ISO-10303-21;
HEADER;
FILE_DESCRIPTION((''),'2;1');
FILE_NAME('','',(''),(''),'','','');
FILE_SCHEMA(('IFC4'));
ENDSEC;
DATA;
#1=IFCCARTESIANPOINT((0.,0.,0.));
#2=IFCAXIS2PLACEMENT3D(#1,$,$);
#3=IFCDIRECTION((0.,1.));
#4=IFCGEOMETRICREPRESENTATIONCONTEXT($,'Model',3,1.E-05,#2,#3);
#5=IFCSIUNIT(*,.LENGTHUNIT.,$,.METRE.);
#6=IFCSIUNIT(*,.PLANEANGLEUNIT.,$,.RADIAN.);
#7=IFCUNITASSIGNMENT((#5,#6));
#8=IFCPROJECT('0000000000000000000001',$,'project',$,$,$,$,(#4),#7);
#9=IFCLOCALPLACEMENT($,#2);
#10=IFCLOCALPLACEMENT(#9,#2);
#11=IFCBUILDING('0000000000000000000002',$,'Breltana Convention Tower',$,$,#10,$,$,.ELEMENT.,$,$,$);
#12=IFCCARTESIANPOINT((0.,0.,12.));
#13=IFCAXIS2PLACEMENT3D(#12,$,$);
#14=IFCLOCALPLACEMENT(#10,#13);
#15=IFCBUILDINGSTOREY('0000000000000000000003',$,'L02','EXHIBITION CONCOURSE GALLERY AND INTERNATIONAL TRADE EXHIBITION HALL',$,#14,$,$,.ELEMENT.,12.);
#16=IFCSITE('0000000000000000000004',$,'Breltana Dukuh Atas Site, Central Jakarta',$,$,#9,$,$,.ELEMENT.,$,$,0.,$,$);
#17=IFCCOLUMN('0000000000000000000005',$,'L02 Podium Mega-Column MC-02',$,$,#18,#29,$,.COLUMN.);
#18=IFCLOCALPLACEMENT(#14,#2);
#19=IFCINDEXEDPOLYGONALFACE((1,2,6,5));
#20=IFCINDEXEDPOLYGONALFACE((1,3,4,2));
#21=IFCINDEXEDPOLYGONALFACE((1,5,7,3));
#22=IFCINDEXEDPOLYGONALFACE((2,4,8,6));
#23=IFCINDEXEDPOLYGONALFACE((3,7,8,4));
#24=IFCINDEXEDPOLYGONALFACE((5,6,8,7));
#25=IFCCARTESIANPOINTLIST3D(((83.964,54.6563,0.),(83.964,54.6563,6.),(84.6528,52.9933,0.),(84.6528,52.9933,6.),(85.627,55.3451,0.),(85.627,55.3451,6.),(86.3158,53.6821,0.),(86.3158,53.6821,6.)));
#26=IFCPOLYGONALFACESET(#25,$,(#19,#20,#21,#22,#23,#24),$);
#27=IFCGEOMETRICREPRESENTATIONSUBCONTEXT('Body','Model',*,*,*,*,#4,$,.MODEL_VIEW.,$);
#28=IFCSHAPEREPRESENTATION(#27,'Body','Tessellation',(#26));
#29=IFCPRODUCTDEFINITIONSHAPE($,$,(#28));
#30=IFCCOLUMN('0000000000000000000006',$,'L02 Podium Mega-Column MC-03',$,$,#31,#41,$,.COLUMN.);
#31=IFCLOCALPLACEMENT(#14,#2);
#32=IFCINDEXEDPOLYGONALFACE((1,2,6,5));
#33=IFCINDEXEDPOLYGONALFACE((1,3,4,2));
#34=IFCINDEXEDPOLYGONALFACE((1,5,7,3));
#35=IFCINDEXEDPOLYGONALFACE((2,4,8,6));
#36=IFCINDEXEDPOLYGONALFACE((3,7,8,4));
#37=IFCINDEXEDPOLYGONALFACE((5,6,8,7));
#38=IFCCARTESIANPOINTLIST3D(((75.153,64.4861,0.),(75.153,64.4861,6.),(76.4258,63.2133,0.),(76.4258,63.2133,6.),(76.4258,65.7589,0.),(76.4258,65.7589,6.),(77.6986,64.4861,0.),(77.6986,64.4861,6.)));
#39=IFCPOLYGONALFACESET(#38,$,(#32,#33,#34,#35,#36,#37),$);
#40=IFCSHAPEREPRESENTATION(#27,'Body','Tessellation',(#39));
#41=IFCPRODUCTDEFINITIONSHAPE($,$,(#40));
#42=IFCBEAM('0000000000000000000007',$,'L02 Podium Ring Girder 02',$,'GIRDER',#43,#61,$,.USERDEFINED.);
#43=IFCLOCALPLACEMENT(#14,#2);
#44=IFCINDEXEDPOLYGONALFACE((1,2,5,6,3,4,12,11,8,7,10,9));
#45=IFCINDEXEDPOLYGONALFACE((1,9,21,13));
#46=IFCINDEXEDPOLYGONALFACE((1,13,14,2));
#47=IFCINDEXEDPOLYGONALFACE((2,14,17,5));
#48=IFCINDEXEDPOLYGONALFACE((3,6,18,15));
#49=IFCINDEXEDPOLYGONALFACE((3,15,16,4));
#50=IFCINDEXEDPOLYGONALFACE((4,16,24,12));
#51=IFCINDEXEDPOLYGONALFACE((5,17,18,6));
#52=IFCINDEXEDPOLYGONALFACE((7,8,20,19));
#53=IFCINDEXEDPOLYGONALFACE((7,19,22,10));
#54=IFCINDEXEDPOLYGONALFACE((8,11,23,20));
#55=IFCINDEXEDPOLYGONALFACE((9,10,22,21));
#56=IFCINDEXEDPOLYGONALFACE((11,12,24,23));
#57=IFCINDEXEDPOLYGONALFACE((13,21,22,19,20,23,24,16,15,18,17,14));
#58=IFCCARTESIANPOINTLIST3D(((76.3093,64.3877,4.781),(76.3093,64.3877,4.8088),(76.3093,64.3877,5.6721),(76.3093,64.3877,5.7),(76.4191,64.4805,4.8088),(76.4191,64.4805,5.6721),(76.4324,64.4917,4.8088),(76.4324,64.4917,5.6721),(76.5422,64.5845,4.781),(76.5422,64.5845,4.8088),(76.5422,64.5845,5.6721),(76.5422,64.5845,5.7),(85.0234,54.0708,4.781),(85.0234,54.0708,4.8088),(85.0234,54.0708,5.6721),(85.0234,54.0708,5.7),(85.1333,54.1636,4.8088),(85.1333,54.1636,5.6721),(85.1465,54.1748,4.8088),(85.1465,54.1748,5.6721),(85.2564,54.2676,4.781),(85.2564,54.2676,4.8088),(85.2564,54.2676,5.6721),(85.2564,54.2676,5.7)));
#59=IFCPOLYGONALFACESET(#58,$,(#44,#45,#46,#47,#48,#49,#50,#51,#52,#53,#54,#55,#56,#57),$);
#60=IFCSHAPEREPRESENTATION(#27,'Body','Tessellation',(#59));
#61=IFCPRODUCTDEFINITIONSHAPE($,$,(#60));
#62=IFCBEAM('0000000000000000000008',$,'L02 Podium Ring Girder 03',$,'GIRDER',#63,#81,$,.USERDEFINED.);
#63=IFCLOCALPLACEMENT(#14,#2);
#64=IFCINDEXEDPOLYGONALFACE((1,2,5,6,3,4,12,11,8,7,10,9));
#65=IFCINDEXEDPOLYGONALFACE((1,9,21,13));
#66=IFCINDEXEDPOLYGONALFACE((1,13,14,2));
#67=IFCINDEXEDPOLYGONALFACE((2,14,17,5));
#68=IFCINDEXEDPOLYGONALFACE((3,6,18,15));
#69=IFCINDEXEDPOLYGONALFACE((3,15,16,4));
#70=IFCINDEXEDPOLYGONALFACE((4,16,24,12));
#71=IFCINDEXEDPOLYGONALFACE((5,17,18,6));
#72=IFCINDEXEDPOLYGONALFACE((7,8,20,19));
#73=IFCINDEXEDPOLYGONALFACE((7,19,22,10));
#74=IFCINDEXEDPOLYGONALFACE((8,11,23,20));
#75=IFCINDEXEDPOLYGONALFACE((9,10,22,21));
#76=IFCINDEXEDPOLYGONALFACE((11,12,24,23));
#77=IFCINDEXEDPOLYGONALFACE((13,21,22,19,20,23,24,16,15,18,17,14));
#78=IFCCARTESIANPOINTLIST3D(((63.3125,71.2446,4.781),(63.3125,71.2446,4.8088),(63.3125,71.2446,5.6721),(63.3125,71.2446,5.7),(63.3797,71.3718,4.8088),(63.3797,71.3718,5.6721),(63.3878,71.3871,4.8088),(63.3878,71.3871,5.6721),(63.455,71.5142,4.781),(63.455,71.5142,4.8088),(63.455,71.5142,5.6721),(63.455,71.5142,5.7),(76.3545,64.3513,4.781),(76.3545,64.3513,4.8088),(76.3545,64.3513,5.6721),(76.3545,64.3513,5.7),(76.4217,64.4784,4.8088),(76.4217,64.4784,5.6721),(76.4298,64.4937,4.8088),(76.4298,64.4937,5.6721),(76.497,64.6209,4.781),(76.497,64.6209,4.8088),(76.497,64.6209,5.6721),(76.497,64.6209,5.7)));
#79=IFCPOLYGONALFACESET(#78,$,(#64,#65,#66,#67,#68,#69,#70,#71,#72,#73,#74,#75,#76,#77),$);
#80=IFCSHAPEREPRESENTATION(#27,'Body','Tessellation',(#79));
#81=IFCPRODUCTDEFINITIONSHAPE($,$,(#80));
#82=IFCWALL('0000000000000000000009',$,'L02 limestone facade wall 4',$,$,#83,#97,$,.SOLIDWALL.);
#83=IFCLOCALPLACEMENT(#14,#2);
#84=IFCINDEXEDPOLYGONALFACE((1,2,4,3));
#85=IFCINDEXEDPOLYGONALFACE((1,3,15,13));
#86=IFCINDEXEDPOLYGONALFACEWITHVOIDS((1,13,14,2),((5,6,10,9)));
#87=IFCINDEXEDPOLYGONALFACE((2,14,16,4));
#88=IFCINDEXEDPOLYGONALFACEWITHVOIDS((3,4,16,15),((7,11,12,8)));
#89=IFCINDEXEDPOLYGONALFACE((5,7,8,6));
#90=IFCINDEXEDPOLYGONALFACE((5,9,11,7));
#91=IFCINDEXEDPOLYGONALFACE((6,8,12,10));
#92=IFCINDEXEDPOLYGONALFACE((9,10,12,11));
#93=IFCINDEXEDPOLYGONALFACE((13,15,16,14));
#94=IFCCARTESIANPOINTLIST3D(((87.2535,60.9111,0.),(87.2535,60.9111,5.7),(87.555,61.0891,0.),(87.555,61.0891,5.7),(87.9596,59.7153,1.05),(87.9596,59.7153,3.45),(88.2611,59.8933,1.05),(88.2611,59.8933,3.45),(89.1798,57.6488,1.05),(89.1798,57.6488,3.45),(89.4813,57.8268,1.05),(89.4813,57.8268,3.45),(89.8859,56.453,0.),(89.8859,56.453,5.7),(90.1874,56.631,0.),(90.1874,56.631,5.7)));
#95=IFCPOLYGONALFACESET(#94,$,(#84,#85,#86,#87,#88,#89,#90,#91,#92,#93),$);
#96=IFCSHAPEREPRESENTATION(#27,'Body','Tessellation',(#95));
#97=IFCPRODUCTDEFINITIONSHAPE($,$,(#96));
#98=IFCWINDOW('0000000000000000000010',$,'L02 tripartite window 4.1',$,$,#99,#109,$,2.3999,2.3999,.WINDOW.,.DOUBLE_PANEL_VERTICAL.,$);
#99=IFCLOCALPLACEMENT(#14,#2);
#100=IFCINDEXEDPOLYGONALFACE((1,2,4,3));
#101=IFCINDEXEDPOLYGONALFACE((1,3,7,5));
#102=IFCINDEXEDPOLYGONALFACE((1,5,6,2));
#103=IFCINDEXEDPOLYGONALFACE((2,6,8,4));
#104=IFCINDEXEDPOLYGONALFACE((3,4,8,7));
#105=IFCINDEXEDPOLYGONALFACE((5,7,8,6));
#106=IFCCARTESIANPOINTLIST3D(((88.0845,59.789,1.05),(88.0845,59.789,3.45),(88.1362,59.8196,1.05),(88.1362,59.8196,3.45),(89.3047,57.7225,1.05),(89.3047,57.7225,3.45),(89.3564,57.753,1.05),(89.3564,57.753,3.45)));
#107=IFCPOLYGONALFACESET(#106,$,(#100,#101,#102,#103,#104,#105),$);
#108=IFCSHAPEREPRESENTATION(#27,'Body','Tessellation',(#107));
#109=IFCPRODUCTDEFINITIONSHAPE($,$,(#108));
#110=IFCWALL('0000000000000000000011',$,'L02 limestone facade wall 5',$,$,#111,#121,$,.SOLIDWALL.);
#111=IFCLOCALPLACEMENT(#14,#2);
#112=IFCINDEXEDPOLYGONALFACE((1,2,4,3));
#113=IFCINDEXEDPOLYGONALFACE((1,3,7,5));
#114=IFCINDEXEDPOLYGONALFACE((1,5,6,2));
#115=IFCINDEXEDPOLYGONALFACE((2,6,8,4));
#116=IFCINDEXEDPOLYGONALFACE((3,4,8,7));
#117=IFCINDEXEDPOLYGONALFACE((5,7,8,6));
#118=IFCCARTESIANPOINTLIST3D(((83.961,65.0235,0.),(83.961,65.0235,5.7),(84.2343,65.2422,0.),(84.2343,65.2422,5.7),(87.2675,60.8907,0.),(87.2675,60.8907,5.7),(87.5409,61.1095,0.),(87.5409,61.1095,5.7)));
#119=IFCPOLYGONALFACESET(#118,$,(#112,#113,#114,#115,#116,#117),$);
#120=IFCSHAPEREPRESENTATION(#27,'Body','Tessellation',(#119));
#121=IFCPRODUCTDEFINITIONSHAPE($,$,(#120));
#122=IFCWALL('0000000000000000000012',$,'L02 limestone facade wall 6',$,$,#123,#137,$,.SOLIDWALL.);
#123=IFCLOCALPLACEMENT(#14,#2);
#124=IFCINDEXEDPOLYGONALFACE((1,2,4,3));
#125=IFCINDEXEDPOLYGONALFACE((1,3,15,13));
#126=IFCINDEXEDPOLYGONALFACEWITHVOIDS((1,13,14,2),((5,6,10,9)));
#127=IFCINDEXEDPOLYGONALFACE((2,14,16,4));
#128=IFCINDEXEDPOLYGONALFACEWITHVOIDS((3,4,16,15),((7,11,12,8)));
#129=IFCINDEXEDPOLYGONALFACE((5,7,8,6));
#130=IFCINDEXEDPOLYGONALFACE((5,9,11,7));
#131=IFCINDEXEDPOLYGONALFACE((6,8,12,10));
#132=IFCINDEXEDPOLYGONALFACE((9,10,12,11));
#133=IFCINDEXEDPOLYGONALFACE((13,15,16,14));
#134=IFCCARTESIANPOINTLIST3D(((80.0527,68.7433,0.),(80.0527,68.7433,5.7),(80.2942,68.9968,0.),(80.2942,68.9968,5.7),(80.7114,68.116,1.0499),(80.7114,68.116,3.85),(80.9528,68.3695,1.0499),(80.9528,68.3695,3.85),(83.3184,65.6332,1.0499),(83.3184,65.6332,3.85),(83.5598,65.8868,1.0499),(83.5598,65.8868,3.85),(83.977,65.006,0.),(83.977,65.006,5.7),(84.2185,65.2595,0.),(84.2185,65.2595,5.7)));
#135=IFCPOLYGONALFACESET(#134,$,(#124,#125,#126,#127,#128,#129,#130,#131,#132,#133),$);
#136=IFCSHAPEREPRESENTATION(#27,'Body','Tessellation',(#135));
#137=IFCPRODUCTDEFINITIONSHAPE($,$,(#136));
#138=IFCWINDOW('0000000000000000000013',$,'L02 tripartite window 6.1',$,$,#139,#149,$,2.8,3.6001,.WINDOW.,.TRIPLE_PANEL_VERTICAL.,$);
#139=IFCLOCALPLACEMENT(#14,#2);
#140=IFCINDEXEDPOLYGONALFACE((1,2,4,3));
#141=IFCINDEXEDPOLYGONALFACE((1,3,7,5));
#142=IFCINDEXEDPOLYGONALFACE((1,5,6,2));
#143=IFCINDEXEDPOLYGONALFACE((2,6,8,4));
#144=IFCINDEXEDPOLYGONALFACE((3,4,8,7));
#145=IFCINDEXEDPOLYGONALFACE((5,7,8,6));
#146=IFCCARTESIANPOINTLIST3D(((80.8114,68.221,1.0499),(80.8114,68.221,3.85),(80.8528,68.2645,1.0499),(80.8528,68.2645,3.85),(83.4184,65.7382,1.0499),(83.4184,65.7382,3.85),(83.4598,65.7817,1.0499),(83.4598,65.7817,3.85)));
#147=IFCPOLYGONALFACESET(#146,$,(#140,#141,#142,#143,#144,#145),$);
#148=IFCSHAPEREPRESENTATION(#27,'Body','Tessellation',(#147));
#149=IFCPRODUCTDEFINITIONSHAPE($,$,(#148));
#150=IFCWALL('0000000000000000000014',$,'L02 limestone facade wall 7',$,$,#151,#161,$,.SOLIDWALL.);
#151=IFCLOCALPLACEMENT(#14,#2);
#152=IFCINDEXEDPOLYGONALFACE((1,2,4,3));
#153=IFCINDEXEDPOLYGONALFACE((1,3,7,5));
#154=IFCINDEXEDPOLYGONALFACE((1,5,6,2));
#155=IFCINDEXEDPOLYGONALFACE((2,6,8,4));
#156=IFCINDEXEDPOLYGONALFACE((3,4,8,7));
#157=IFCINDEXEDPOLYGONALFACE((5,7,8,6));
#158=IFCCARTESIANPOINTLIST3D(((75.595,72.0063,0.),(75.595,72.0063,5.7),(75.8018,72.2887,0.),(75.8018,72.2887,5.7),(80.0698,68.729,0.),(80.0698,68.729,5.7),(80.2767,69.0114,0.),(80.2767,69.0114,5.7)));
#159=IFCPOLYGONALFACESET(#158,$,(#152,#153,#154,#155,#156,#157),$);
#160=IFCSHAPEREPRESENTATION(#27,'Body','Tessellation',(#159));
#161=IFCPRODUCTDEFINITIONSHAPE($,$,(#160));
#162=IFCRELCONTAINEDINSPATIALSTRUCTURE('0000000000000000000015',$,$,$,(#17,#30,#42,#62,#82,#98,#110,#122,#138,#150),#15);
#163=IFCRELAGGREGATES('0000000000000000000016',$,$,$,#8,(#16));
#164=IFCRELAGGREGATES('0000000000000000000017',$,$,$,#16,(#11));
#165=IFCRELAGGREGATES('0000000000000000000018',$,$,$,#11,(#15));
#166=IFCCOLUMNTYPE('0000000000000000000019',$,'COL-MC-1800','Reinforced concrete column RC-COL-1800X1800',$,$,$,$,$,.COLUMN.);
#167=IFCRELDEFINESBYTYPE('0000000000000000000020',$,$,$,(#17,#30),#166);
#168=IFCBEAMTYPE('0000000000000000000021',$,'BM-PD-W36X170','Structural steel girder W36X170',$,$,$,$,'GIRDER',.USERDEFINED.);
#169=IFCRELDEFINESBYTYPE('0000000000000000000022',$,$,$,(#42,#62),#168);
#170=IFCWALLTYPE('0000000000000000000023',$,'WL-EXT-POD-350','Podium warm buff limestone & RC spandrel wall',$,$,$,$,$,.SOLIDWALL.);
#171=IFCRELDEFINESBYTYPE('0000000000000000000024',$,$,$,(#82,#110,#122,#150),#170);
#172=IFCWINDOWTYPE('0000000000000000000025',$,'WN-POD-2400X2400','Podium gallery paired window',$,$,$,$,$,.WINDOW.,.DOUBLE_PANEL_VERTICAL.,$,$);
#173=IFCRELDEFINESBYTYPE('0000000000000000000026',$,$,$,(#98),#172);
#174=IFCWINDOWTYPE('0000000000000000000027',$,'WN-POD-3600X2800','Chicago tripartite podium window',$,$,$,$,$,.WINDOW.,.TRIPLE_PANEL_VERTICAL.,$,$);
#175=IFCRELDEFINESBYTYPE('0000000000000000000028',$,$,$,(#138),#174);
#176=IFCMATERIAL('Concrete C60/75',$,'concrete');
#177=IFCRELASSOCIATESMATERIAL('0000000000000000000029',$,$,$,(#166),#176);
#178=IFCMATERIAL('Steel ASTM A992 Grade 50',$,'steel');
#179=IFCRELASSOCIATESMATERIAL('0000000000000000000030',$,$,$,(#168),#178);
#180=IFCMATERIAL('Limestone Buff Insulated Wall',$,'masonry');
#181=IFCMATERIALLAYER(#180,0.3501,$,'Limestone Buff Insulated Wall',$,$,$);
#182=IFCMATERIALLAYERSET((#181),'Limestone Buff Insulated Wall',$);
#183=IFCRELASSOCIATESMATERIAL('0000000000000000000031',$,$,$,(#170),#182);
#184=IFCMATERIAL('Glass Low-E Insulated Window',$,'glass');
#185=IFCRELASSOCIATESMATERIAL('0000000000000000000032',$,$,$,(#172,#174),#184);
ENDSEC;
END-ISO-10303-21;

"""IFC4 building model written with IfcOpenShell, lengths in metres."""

from ifc_helpers import new_model, si_unit, direction, frame, frame_2d, origin, origin_2d, place, context, subcontext, project, spatial, rectangle, i_section, extrude, source, transform, mapped, material, layer, layer_set, material_profile, profile_set, type_object, type_shapes, element, fill, save


model = new_model("IFC4")

# Units and contexts
model_context = context("Model", 3, precision=1e-05, world=origin(), true_north=direction((0.0, 1.0)))
body_context = subcontext(model_context, "Body", "Model", "MODEL_VIEW")
ifc_project = project(units=[si_unit("LENGTHUNIT", "METRE"), si_unit("PLANEANGLEUNIT", "RADIAN")], contexts=[model_context])

# Site, building, storey
site_placement = place(None, origin())
site = spatial("IfcSite", under=ifc_project, at=site_placement, Name="Breltana Dukuh Atas Site, Central Jakarta", CompositionType="ELEMENT", RefElevation=0.0)
building_placement = place(site_placement, origin())
building = spatial("IfcBuilding", under=site, at=building_placement, Name="Breltana Convention Tower", CompositionType="ELEMENT")
storey_placement = place(building_placement, frame((0.0, 0.0, 12.0)))
storey = spatial("IfcBuildingStorey", under=building, at=storey_placement, Name="L02", Description="EXHIBITION CONCOURSE GALLERY AND INTERNATIONAL TRADE EXHIBITION HALL", CompositionType="ELEMENT", Elevation=12.0)

# Columns
ifc_material_1 = material(Name="Concrete C60/75", Category="concrete")
ifc_material_profile_1 = material_profile(ifc_material_1, rectangle(XDim=1.8, YDim=1.8, at=origin_2d()), Name="RC-COL-1800X1800")
ifc_profile_set_1 = profile_set([ifc_material_profile_1], Name="Concrete C60/75")
column_type = type_object("IfcColumnType", Name="COL-MC-1800", Description="Reinforced concrete column RC-COL-1800X1800", PredefinedType="COLUMN", material=ifc_profile_set_1)
shared_shape_1 = source(origin(), body_context, "Body", "SweptSolid", [
    extrude(rectangle(XDim=1.8, YDim=1.8, at=origin_2d()), origin(), (0.0, 0.0, 1.0), 6.0),
])
type_shapes(column_type, [shared_shape_1])
for number, where, z_axis, x_axis, name in (
    (1, (85.1399, 54.1692, 0.0), (0.0, 0.0, 1.0), (0.92388, 0.382683, 0.0), "L02 Podium Mega-Column MC-02"),
    (2, (76.4258, 64.4861, 0.0), (0.0, 0.0, 1.0), (0.707107, 0.707107, 0.0), "L02 Podium Mega-Column MC-03"),
):
    element("IfcColumn", number, at=place(storey_placement, frame(where, z_axis=z_axis, x_axis=x_axis)), inside=storey, type_object=column_type, Name=name, PredefinedType="COLUMN", context=body_context, shape_type="MappedRepresentation", body=[
        mapped(shared_shape_1, transform((0.0, 0.0, 0.0), scale=1.0)),
    ])

# Beams
ifc_material_2 = material(Name="Steel ASTM A992 Grade 50", Category="steel")
ifc_material_profile_2 = material_profile(ifc_material_2, i_section(OverallWidth=0.3049, OverallDepth=0.9189, WebThickness=0.0173, FlangeThickness=0.0278, at=origin_2d()), Name="W36X170")
ifc_profile_set_2 = profile_set([ifc_material_profile_2], Name="Steel ASTM A992 Grade 50")
beam_type = type_object("IfcBeamType", Name="BM-PD-W36X170", Description="Structural steel girder W36X170", ElementType="GIRDER", PredefinedType="USERDEFINED", material=ifc_profile_set_2)
shared_shape_2 = source(origin(), body_context, "Body", "SweptSolid", [
    extrude(i_section(OverallWidth=0.3049, OverallDepth=0.9189, WebThickness=0.0173, FlangeThickness=0.0278, at=origin_2d()), origin(), (0.0, 0.0, 1.0), 13.5046),
])
beam_1_placement = place(storey_placement, frame((85.1399, 54.1692, 5.2405), z_axis=(-0.64527, 0.763954, 0.0), x_axis=(-0.763954, -0.64527, 0.0)))
element("IfcBeam", 3, at=beam_1_placement, inside=storey, type_object=beam_type, Name="L02 Podium Ring Girder 02", ObjectType="GIRDER", PredefinedType="USERDEFINED", context=body_context, shape_type="MappedRepresentation", body=[
    mapped(shared_shape_2, transform((0.0, 0.0, 0.0), scale=1.0)),
])
shared_shape_3 = source(origin(), body_context, "Body", "SweptSolid", [
    extrude(i_section(OverallWidth=0.3049, OverallDepth=0.9189, WebThickness=0.0173, FlangeThickness=0.0278, at=origin_2d()), origin(), (0.0, 0.0, 1.0), 14.7517),
])
beam_2_placement = place(storey_placement, frame((76.4258, 64.4861, 5.2405), z_axis=(-0.884104, 0.467291, 0.0), x_axis=(-0.467291, -0.884104, 0.0)))
element("IfcBeam", 4, at=beam_2_placement, inside=storey, type_object=beam_type, Name="L02 Podium Ring Girder 03", ObjectType="GIRDER", PredefinedType="USERDEFINED", context=body_context, shape_type="MappedRepresentation", body=[
    mapped(shared_shape_3, transform((0.0, 0.0, 0.0), scale=1.0)),
])

# Wall, opening, window
ifc_material_3 = material(Name="Limestone Buff Insulated Wall", Category="masonry")
ifc_layer_1 = layer(ifc_material_3, 0.3501, Name="Limestone Buff Insulated Wall")
ifc_layer_set_1 = layer_set([ifc_layer_1], Name="Limestone Buff Insulated Wall")
wall_type_1 = type_object("IfcWallType", Name="WL-EXT-POD-350", Description="Podium warm buff limestone & RC spandrel wall", PredefinedType="SOLIDWALL", material=ifc_layer_set_1)
shared_shape_4 = source(origin(), body_context, "Body", "SweptSolid", [
    extrude(rectangle(XDim=5.1772, YDim=0.3501, at=frame_2d((2.5886, 0.0))), origin(), (0.0, 0.0, 1.0), 5.7),
])
wall_1_placement = place(storey_placement, frame((90.0366, 56.542, 0.0), z_axis=(0.0, 0.0, 1.0), x_axis=(-0.50845, 0.861092, 0.0)))
wall_1 = element("IfcWall", 5, at=wall_1_placement, inside=storey, type_object=wall_type_1, Name="L02 limestone facade wall 4", PredefinedType="SOLIDWALL", context=body_context, shape_type="MappedRepresentation", body=[
    mapped(shared_shape_4, transform((0.0, 0.0, 0.0), scale=1.0)),
])
opening_1_placement = place(wall_1_placement, frame((1.3887, 0.0, 1.05)))
opening_1 = element("IfcOpeningElement", 6, at=opening_1_placement, cuts=wall_1, PredefinedType="OPENING", context=body_context, shape_type="SweptSolid", body=[
    extrude(rectangle(XDim=2.3999, YDim=2.3999, at=frame_2d((1.2, 1.2))), frame((0.0, 0.1851, 0.0), z_axis=(0.0, -1.0, 0.0), x_axis=(1.0, 0.0, 0.0)), (0.0, 0.0, 1.0), 0.3701),
])
ifc_material_4 = material(Name="Glass Low-E Insulated Window", Category="glass")
window_type_1 = type_object("IfcWindowType", Name="WN-POD-2400X2400", Description="Podium gallery paired window", PartitioningType="DOUBLE_PANEL_VERTICAL", PredefinedType="WINDOW", material=ifc_material_4)
shared_shape_5 = source(origin(), body_context, "Body", "SweptSolid", [
    extrude(rectangle(XDim=2.3999, YDim=2.3999, at=frame_2d((1.2, 1.2))), frame((0.0, 0.03, 0.0), z_axis=(0.0, -1.0, 0.0), x_axis=(1.0, 0.0, 0.0)), (0.0, 0.0, 1.0), 0.0601),
])
type_shapes(window_type_1, [shared_shape_5])
window_1_placement = place(opening_1_placement, origin())
window_1 = element("IfcWindow", 7, at=window_1_placement, inside=storey, type_object=window_type_1, Name="L02 tripartite window 4.1", OverallHeight=2.3999, OverallWidth=2.3999, PartitioningType="DOUBLE_PANEL_VERTICAL", PredefinedType="WINDOW", context=body_context, shape_type="MappedRepresentation", body=[
    mapped(shared_shape_5, transform((0.0, 0.0, 0.0), scale=1.0)),
])
fill(opening_1, window_1)

# Wall
shared_shape_6 = source(origin(), body_context, "Body", "SweptSolid", [
    extrude(rectangle(XDim=5.2927, YDim=0.3501, at=frame_2d((2.6465, 0.0))), origin(), (0.0, 0.0, 1.0), 5.7),
])
wall_2_placement = place(storey_placement, frame((87.4043, 61.0, 0.0), z_axis=(0.0, 0.0, 1.0), x_axis=(-0.62474, 0.780833, 0.0)))
element("IfcWall", 8, at=wall_2_placement, inside=storey, type_object=wall_type_1, Name="L02 limestone facade wall 5", PredefinedType="SOLIDWALL", context=body_context, shape_type="MappedRepresentation", body=[
    mapped(shared_shape_6, transform((0.0, 0.0, 0.0), scale=1.0)),
])

# Wall, opening, window
shared_shape_7 = source(origin(), body_context, "Body", "SweptSolid", [
    extrude(rectangle(XDim=5.4192, YDim=0.3501, at=frame_2d((2.7095, 0.0))), origin(), (0.0, 0.0, 1.0), 5.7),
])
wall_3_placement = place(storey_placement, frame((84.0977, 65.1328, 0.0), z_axis=(0.0, 0.0, 1.0), x_axis=(-0.724151, 0.689642, 0.0)))
wall_3 = element("IfcWall", 9, at=wall_3_placement, inside=storey, type_object=wall_type_1, Name="L02 limestone facade wall 6", PredefinedType="SOLIDWALL", context=body_context, shape_type="MappedRepresentation", body=[
    mapped(shared_shape_7, transform((0.0, 0.0, 0.0), scale=1.0)),
])
opening_2_placement = place(wall_3_placement, frame((0.9094, 0.0, 1.05)))
opening_2 = element("IfcOpeningElement", 10, at=opening_2_placement, cuts=wall_3, PredefinedType="OPENING", context=body_context, shape_type="SweptSolid", body=[
    extrude(rectangle(XDim=3.6001, YDim=2.8, at=frame_2d((1.8, 1.3999))), frame((0.0, 0.1851, 0.0), z_axis=(0.0, -1.0, 0.0), x_axis=(1.0, 0.0, 0.0)), (0.0, 0.0, 1.0), 0.3701),
])
window_type_2 = type_object("IfcWindowType", Name="WN-POD-3600X2800", Description="Chicago tripartite podium window", PartitioningType="TRIPLE_PANEL_VERTICAL", PredefinedType="WINDOW", material=ifc_material_4)
shared_shape_8 = source(origin(), body_context, "Body", "SweptSolid", [
    extrude(rectangle(XDim=3.6001, YDim=2.8, at=frame_2d((1.8, 1.3999))), frame((0.0, 0.03, 0.0), z_axis=(0.0, -1.0, 0.0), x_axis=(1.0, 0.0, 0.0)), (0.0, 0.0, 1.0), 0.0601),
])
type_shapes(window_type_2, [shared_shape_8])
window_2_placement = place(opening_2_placement, origin())
window_2 = element("IfcWindow", 11, at=window_2_placement, inside=storey, type_object=window_type_2, Name="L02 tripartite window 6.1", OverallHeight=2.8, OverallWidth=3.6001, PartitioningType="TRIPLE_PANEL_VERTICAL", PredefinedType="WINDOW", context=body_context, shape_type="MappedRepresentation", body=[
    mapped(shared_shape_8, transform((0.0, 0.0, 0.0), scale=1.0)),
])
fill(opening_2, window_2)

# Wall
shared_shape_9 = source(origin(), body_context, "Body", "SweptSolid", [
    extrude(rectangle(XDim=5.5466, YDim=0.3501, at=frame_2d((2.7734, 0.0))), origin(), (0.0, 0.0, 1.0), 5.7),
])
wall_4_placement = place(storey_placement, frame((80.1733, 68.8701, 0.0), z_axis=(0.0, 0.0, 1.0), x_axis=(-0.806767, 0.590869, 0.0)))
element("IfcWall", 12, at=wall_4_placement, inside=storey, type_object=wall_type_1, Name="L02 limestone facade wall 7", PredefinedType="SOLIDWALL", context=body_context, shape_type="MappedRepresentation", body=[
    mapped(shared_shape_9, transform((0.0, 0.0, 0.0), scale=1.0)),
])

save(model, "model.ifc")
